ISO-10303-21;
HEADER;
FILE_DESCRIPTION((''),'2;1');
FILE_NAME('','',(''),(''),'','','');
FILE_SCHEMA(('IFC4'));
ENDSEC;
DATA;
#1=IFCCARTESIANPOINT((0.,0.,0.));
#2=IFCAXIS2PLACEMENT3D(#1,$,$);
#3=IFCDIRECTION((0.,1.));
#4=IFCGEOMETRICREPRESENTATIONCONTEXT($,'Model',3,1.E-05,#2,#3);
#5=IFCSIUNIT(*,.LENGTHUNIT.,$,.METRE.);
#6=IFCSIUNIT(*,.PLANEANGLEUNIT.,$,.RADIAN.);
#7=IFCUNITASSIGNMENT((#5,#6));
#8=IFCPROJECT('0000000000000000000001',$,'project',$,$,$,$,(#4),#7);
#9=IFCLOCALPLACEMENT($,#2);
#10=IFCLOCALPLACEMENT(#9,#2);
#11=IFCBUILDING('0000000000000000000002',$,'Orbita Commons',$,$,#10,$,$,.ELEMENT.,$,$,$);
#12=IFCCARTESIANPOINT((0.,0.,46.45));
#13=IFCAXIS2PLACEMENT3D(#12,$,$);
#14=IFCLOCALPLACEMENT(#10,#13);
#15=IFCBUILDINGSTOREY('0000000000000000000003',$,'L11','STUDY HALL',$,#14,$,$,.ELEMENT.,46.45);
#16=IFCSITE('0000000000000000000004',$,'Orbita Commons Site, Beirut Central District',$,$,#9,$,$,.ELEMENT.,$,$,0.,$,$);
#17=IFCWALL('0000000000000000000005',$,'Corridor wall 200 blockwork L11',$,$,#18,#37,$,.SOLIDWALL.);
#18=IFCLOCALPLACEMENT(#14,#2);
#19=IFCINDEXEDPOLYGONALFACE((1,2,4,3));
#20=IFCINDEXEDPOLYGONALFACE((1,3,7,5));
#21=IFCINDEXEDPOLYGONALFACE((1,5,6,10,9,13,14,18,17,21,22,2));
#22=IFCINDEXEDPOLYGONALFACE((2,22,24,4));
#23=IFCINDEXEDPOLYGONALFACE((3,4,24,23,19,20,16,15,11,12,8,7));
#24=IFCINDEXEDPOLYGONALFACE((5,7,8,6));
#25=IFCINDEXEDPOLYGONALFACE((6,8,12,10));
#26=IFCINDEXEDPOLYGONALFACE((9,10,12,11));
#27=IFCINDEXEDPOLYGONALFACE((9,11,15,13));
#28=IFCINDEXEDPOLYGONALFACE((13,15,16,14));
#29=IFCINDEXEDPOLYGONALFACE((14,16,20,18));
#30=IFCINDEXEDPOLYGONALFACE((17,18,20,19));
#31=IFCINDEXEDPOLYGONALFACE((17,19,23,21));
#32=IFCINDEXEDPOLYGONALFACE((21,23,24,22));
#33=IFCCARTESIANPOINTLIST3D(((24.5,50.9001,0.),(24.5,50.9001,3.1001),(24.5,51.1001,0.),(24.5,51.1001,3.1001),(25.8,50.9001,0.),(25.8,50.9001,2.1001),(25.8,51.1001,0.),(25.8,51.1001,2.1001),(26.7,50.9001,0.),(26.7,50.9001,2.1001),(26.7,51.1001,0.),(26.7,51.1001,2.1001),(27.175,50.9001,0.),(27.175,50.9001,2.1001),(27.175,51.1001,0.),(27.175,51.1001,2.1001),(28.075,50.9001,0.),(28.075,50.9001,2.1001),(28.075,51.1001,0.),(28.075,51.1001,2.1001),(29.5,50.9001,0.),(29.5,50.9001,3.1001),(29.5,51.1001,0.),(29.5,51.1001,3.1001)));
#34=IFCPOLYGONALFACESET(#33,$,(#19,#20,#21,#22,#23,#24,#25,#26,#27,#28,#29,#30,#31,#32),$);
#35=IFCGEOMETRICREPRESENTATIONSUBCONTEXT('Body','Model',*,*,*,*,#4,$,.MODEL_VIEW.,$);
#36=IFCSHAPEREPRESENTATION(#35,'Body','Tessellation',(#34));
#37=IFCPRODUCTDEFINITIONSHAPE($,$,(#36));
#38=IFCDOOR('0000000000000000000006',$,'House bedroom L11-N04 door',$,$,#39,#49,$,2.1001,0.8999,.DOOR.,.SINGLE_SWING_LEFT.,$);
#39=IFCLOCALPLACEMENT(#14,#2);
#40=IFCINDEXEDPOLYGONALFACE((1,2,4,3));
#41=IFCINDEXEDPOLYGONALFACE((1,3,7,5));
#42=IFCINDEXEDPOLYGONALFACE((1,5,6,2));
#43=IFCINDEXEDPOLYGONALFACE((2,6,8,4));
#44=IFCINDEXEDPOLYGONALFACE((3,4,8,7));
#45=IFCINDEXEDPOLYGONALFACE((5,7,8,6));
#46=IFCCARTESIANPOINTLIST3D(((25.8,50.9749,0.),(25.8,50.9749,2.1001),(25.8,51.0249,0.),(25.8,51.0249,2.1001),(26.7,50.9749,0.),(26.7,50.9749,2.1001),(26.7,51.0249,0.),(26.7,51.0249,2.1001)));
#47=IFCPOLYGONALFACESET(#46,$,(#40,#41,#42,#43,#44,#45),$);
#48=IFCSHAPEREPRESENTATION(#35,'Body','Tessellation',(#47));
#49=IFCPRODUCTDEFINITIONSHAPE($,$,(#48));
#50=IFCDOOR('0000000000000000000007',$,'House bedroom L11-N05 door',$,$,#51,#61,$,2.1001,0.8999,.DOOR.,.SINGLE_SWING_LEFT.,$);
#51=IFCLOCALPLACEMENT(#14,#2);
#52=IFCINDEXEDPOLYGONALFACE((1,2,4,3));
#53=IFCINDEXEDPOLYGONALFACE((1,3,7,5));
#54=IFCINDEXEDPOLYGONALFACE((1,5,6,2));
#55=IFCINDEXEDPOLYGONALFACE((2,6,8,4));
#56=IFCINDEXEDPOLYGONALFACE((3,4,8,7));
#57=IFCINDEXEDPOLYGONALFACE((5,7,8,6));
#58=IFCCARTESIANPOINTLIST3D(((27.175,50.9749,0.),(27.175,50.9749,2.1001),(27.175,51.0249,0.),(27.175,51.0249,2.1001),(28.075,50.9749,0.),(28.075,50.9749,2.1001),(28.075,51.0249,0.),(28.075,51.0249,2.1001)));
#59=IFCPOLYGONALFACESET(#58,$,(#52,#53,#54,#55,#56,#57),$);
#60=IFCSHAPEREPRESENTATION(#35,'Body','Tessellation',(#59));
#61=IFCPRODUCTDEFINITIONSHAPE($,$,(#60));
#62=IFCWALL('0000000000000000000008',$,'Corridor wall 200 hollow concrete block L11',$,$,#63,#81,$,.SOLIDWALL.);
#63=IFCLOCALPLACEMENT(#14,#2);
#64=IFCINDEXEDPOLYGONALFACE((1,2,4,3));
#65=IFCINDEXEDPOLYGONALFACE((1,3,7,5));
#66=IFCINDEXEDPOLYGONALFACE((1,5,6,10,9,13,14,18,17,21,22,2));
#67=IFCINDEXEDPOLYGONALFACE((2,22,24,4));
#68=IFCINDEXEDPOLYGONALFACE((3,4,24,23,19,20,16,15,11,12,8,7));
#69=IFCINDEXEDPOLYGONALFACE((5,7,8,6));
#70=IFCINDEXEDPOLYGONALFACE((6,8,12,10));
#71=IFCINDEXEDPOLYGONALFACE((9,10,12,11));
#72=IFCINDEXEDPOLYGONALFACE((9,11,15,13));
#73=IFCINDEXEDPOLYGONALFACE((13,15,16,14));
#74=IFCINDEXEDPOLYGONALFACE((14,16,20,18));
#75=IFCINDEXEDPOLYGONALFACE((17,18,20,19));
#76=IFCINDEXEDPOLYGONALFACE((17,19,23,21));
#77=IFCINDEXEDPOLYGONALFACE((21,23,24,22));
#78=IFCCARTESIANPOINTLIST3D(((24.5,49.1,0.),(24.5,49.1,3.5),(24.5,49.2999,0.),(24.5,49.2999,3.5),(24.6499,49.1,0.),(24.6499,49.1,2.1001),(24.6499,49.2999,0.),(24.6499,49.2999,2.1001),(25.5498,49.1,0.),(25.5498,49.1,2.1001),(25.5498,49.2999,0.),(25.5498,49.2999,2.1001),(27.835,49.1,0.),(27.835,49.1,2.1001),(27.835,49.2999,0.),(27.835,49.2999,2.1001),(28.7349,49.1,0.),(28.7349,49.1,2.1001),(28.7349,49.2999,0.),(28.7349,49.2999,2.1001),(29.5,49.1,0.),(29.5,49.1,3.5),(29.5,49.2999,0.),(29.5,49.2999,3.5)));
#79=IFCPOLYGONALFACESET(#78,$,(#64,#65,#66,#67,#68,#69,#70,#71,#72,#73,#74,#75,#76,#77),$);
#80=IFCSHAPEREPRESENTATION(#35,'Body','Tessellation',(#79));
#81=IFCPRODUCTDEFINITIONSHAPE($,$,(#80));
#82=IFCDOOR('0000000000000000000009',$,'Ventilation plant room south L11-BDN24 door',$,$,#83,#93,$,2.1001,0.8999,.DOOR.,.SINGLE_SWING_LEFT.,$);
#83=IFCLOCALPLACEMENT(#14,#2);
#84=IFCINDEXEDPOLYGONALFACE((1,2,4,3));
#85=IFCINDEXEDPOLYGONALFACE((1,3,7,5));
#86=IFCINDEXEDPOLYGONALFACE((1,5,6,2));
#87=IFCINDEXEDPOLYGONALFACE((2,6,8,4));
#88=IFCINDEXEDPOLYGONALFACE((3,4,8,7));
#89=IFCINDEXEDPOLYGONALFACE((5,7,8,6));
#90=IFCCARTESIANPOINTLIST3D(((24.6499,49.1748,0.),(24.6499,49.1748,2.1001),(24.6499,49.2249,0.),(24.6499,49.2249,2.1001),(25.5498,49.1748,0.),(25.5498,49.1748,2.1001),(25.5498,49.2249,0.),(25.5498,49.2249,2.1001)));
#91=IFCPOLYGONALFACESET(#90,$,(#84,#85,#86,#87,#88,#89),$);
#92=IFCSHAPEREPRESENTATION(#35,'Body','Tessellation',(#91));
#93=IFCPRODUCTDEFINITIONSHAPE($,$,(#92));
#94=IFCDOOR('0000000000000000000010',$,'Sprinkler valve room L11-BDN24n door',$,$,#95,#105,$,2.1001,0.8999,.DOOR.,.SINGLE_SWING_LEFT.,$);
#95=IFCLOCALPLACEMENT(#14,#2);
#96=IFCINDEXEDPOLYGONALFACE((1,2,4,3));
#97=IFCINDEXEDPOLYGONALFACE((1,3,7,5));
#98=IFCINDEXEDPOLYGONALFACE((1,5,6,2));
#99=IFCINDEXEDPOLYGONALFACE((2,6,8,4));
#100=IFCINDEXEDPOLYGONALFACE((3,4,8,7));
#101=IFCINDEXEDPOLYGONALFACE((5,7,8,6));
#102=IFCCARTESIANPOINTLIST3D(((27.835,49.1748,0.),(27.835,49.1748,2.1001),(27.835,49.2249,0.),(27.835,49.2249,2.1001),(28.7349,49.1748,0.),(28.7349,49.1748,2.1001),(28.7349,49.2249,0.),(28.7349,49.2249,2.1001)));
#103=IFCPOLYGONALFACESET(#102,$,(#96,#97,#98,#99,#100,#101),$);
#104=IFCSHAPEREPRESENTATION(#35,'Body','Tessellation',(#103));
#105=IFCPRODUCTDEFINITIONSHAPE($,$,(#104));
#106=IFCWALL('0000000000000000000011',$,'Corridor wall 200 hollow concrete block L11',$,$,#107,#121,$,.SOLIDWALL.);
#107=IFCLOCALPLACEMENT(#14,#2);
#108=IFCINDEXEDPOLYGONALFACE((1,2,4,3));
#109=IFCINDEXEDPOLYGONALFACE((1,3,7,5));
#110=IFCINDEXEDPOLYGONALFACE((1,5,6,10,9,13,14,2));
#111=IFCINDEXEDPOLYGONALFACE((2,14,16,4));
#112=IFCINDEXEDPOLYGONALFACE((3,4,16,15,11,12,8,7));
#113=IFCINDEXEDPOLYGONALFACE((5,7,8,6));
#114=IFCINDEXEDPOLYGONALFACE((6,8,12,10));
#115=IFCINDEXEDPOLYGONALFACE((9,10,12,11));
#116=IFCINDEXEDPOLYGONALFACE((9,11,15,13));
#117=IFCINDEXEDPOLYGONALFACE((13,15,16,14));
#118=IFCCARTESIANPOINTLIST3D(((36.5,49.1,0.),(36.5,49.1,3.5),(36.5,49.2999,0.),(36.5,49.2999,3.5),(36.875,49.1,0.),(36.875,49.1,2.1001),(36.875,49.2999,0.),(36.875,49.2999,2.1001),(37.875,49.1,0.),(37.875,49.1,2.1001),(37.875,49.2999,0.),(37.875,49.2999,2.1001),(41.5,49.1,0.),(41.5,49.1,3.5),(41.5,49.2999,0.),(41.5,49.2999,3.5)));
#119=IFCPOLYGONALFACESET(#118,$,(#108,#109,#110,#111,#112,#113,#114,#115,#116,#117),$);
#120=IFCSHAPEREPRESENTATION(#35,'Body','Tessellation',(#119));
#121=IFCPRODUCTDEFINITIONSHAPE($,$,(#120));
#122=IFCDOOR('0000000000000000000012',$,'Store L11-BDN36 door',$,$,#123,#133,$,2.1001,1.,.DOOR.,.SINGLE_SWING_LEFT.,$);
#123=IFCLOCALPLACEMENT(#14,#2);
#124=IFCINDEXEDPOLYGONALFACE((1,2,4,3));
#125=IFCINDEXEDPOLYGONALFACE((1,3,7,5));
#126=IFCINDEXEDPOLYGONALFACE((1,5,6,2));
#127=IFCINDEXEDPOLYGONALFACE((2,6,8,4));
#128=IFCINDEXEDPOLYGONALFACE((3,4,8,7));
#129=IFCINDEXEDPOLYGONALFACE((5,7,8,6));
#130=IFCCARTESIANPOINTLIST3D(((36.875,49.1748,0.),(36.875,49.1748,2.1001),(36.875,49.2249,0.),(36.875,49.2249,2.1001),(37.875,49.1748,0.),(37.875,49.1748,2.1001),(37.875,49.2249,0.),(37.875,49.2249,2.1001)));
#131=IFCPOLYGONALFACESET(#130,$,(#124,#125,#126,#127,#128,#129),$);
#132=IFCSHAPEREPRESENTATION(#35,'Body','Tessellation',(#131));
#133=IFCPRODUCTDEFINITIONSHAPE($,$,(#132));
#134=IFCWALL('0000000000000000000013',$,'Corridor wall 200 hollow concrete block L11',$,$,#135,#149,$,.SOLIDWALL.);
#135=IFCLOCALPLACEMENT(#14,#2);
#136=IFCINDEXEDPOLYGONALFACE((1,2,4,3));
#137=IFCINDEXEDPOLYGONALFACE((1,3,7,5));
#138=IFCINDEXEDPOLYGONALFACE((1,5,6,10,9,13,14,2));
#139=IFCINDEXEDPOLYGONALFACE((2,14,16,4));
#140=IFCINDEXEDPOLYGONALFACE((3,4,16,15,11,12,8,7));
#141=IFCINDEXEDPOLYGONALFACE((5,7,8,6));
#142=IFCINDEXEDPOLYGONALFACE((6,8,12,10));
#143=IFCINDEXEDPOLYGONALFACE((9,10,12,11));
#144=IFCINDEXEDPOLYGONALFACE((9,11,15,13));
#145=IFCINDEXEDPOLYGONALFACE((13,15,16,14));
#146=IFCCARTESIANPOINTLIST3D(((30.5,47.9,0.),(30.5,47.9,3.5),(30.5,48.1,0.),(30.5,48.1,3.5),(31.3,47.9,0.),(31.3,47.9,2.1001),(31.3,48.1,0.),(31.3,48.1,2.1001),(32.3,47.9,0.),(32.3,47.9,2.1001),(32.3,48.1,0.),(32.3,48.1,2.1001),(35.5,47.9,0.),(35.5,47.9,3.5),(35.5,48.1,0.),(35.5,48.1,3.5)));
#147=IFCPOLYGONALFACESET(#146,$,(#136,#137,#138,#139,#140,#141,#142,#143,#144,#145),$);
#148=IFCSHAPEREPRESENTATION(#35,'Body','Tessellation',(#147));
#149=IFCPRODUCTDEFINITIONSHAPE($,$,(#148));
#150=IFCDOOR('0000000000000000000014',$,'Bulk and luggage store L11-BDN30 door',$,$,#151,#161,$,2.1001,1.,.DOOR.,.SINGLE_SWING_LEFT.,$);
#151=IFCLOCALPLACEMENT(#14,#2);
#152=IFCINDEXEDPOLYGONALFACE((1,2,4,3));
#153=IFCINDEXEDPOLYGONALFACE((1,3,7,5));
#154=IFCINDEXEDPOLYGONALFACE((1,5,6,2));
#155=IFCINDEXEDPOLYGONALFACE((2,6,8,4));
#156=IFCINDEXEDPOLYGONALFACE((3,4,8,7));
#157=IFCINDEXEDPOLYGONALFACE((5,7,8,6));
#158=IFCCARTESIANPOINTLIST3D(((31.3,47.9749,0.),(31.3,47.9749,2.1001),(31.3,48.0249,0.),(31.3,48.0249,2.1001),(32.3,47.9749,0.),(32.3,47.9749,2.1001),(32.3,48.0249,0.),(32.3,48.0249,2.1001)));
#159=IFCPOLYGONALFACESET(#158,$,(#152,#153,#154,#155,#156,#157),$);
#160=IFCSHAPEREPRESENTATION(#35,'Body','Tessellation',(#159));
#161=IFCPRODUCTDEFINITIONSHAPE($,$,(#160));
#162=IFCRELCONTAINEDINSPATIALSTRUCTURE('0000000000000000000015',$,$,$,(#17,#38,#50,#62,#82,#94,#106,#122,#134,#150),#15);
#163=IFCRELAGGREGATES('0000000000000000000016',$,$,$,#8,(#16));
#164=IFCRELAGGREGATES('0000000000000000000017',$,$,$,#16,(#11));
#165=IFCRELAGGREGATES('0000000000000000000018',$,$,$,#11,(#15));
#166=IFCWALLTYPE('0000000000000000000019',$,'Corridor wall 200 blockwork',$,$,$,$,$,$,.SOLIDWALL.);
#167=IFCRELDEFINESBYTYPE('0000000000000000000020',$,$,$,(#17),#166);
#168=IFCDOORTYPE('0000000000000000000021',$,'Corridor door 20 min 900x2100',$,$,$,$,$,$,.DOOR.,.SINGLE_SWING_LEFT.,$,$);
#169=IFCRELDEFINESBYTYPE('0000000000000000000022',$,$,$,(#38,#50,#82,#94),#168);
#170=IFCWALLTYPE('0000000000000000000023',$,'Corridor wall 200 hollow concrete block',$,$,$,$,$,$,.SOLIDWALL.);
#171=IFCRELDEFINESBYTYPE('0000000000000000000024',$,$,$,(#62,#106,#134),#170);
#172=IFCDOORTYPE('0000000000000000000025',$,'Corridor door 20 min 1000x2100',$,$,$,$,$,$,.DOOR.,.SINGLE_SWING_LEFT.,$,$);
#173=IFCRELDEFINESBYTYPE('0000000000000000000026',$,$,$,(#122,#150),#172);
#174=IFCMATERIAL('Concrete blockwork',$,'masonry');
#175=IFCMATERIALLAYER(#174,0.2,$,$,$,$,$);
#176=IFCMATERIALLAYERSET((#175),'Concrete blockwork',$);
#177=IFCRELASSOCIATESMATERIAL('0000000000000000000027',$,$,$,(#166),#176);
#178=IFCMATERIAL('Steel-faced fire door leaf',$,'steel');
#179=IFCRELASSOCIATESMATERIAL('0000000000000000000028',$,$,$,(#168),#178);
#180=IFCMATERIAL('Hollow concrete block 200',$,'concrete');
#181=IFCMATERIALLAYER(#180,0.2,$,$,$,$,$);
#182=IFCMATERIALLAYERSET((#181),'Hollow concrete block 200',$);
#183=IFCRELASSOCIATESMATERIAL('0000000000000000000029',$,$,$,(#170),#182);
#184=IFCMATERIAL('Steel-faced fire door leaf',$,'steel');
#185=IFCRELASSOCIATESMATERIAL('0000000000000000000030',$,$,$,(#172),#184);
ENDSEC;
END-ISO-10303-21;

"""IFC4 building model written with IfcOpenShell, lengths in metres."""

from ifc_helpers import new_model, si_unit, direction, frame, frame_2d, origin, place, context, subcontext, project, spatial, polyline, rectangle, outline, extrude, material, layer, layer_set, type_object, element, fill, save


model = new_model("IFC4")

# Units and contexts
model_context = context("Model", 3, precision=1e-05, world=origin(), true_north=direction((0.0, 1.0)))
body_context = subcontext(model_context, "Body", "Model", "MODEL_VIEW")
ifc_project = project(units=[si_unit("LENGTHUNIT", "METRE"), si_unit("PLANEANGLEUNIT", "RADIAN")], contexts=[model_context])

# Site, building, storey
site_placement = place(None, origin())
site = spatial("IfcSite", under=ifc_project, at=site_placement, Name="Orbita Commons Site, Beirut Central District", CompositionType="ELEMENT", RefElevation=0.0)
building_placement = place(site_placement, origin())
building = spatial("IfcBuilding", under=site, at=building_placement, Name="Orbita Commons", CompositionType="ELEMENT")
storey_placement = place(building_placement, frame((0.0, 0.0, 46.45)))
storey = spatial("IfcBuildingStorey", under=building, at=storey_placement, Name="L11", Description="STUDY HALL", CompositionType="ELEMENT", Elevation=46.45)

# Walls, openings, doors
ifc_material_1 = material(Name="Concrete blockwork", Category="masonry")
ifc_layer_1 = layer(ifc_material_1, 0.2)
ifc_layer_set_1 = layer_set([ifc_layer_1], Name="Concrete blockwork")
wall_type_1 = type_object("IfcWallType", Name="Corridor wall 200 blockwork", PredefinedType="SOLIDWALL", material=ifc_layer_set_1)
wall_1_placement = place(storey_placement, frame((24.5, 51.0, 0.0), z_axis=(0.0, 0.0, 1.0), x_axis=(1.0, 0.0, 0.0)))
wall_1 = element("IfcWall", 1, at=wall_1_placement, inside=storey, type_object=wall_type_1, Name="Corridor wall 200 blockwork L11", PredefinedType="SOLIDWALL", context=body_context, shape_type="SweptSolid", body=[
    extrude(outline(polyline([(0.0, 0.0), (5.0, 0.0), (5.0, 3.1001), (0.0, 3.1001), (0.0, 0.0)])), frame((0.0, 0.1001, 0.0), z_axis=(0.0, -1.0, 0.0), x_axis=(1.0, 0.0, 0.0)), (0.0, 0.0, 1.0), 0.2),
])
opening_1_placement = place(wall_1_placement, frame((1.3, 0.0, 0.0)))
opening_1 = element("IfcOpeningElement", 2, at=opening_1_placement, cuts=wall_1, PredefinedType="OPENING", context=body_context, shape_type="SweptSolid", body=[
    extrude(rectangle(XDim=0.8999, YDim=2.1001, at=frame_2d((0.45, 1.05))), frame((0.0, 0.1099, 0.0), z_axis=(0.0, -1.0, 0.0), x_axis=(1.0, 0.0, 0.0)), (0.0, 0.0, 1.0), 0.22),
])
opening_2_placement = place(wall_1_placement, frame((2.675, 0.0, 0.0)))
opening_2 = element("IfcOpeningElement", 3, at=opening_2_placement, cuts=wall_1, PredefinedType="OPENING", context=body_context, shape_type="SweptSolid", body=[
    extrude(rectangle(XDim=0.8999, YDim=2.1001, at=frame_2d((0.45, 1.05))), frame((0.0, 0.1099, 0.0), z_axis=(0.0, -1.0, 0.0), x_axis=(1.0, 0.0, 0.0)), (0.0, 0.0, 1.0), 0.22),
])
ifc_material_2 = material(Name="Steel-faced fire door leaf", Category="steel")
door_type_1 = type_object("IfcDoorType", Name="Corridor door 20 min 900x2100", OperationType="SINGLE_SWING_LEFT", PredefinedType="DOOR", material=ifc_material_2)
door_1_placement = place(opening_1_placement, origin())
door_1 = element("IfcDoor", 4, at=door_1_placement, inside=storey, type_object=door_type_1, Name="House bedroom L11-N04 door", OperationType="SINGLE_SWING_LEFT", OverallHeight=2.1001, OverallWidth=0.8999, PredefinedType="DOOR", context=body_context, shape_type="SweptSolid", body=[
    extrude(rectangle(XDim=0.8999, YDim=2.1001, at=frame_2d((0.45, 1.05))), frame((0.0, 0.0249, 0.0), z_axis=(0.0, -1.0, 0.0), x_axis=(1.0, 0.0, 0.0)), (0.0, 0.0, 1.0), 0.05),
])
fill(opening_1, door_1)
door_2_placement = place(opening_2_placement, origin())
door_2 = element("IfcDoor", 5, at=door_2_placement, inside=storey, type_object=door_type_1, Name="House bedroom L11-N05 door", OperationType="SINGLE_SWING_LEFT", OverallHeight=2.1001, OverallWidth=0.8999, PredefinedType="DOOR", context=body_context, shape_type="SweptSolid", body=[
    extrude(rectangle(XDim=0.8999, YDim=2.1001, at=frame_2d((0.45, 1.05))), frame((0.0, 0.0249, 0.0), z_axis=(0.0, -1.0, 0.0), x_axis=(1.0, 0.0, 0.0)), (0.0, 0.0, 1.0), 0.05),
])
fill(opening_2, door_2)
ifc_material_3 = material(Name="Hollow concrete block 200", Category="concrete")
ifc_layer_2 = layer(ifc_material_3, 0.2)
ifc_layer_set_2 = layer_set([ifc_layer_2], Name="Hollow concrete block 200")
wall_type_2 = type_object("IfcWallType", Name="Corridor wall 200 hollow concrete block", PredefinedType="SOLIDWALL", material=ifc_layer_set_2)
wall_2_placement = place(storey_placement, frame((24.5, 49.2, 0.0), z_axis=(0.0, 0.0, 1.0), x_axis=(1.0, 0.0, 0.0)))
wall_2 = element("IfcWall", 6, at=wall_2_placement, inside=storey, type_object=wall_type_2, Name="Corridor wall 200 hollow concrete block L11", PredefinedType="SOLIDWALL", context=body_context, shape_type="SweptSolid", body=[
    extrude(rectangle(XDim=5.0, YDim=0.2, at=frame_2d((2.5, 0.0))), origin(), (0.0, 0.0, 1.0), 3.5),
])
opening_3_placement = place(wall_2_placement, frame((0.1499, 0.0, 0.0)))
opening_3 = element("IfcOpeningElement", 7, at=opening_3_placement, cuts=wall_2, PredefinedType="OPENING", context=body_context, shape_type="SweptSolid", body=[
    extrude(rectangle(XDim=0.8999, YDim=2.1001, at=frame_2d((0.45, 1.05))), frame((0.0, 0.1099, 0.0), z_axis=(0.0, -1.0, 0.0), x_axis=(1.0, 0.0, 0.0)), (0.0, 0.0, 1.0), 0.22),
])
opening_4_placement = place(wall_2_placement, frame((3.335, 0.0, 0.0)))
opening_4 = element("IfcOpeningElement", 8, at=opening_4_placement, cuts=wall_2, PredefinedType="OPENING", context=body_context, shape_type="SweptSolid", body=[
    extrude(rectangle(XDim=0.8999, YDim=2.1001, at=frame_2d((0.45, 1.05))), frame((0.0, 0.1099, 0.0), z_axis=(0.0, -1.0, 0.0), x_axis=(1.0, 0.0, 0.0)), (0.0, 0.0, 1.0), 0.22),
])
door_3_placement = place(opening_3_placement, origin())
door_3 = element("IfcDoor", 9, at=door_3_placement, inside=storey, type_object=door_type_1, Name="Ventilation plant room south L11-BDN24 door", OperationType="SINGLE_SWING_LEFT", OverallHeight=2.1001, OverallWidth=0.8999, PredefinedType="DOOR", context=body_context, shape_type="SweptSolid", body=[
    extrude(rectangle(XDim=0.8999, YDim=2.1001, at=frame_2d((0.45, 1.05))), frame((0.0, 0.0249, 0.0), z_axis=(0.0, -1.0, 0.0), x_axis=(1.0, 0.0, 0.0)), (0.0, 0.0, 1.0), 0.05),
])
fill(opening_3, door_3)
door_4_placement = place(opening_4_placement, origin())
door_4 = element("IfcDoor", 10, at=door_4_placement, inside=storey, type_object=door_type_1, Name="Sprinkler valve room L11-BDN24n door", OperationType="SINGLE_SWING_LEFT", OverallHeight=2.1001, OverallWidth=0.8999, PredefinedType="DOOR", context=body_context, shape_type="SweptSolid", body=[
    extrude(rectangle(XDim=0.8999, YDim=2.1001, at=frame_2d((0.45, 1.05))), frame((0.0, 0.0249, 0.0), z_axis=(0.0, -1.0, 0.0), x_axis=(1.0, 0.0, 0.0)), (0.0, 0.0, 1.0), 0.05),
])
fill(opening_4, door_4)

# Walls, openings, doors
wall_3_placement = place(storey_placement, frame((36.5, 49.2, 0.0), z_axis=(0.0, 0.0, 1.0), x_axis=(1.0, 0.0, 0.0)))
wall_3 = element("IfcWall", 11, at=wall_3_placement, inside=storey, type_object=wall_type_2, Name="Corridor wall 200 hollow concrete block L11", PredefinedType="SOLIDWALL", context=body_context, shape_type="SweptSolid", body=[
    extrude(rectangle(XDim=5.0, YDim=0.2, at=frame_2d((2.5, 0.0))), origin(), (0.0, 0.0, 1.0), 3.5),
])
opening_5_placement = place(wall_3_placement, frame((0.375, 0.0, 0.0)))
opening_5 = element("IfcOpeningElement", 12, at=opening_5_placement, cuts=wall_3, PredefinedType="OPENING", context=body_context, shape_type="SweptSolid", body=[
    extrude(rectangle(XDim=1.0, YDim=2.1001, at=frame_2d((0.5, 1.05))), frame((0.0, 0.1099, 0.0), z_axis=(0.0, -1.0, 0.0), x_axis=(1.0, 0.0, 0.0)), (0.0, 0.0, 1.0), 0.22),
])
ifc_material_4 = material(Name="Steel-faced fire door leaf", Category="steel")
door_type_2 = type_object("IfcDoorType", Name="Corridor door 20 min 1000x2100", OperationType="SINGLE_SWING_LEFT", PredefinedType="DOOR", material=ifc_material_4)
door_5_placement = place(opening_5_placement, origin())
door_5 = element("IfcDoor", 13, at=door_5_placement, inside=storey, type_object=door_type_2, Name="Store L11-BDN36 door", OperationType="SINGLE_SWING_LEFT", OverallHeight=2.1001, OverallWidth=1.0, PredefinedType="DOOR", context=body_context, shape_type="SweptSolid", body=[
    extrude(rectangle(XDim=1.0, YDim=2.1001, at=frame_2d((0.5, 1.05))), frame((0.0, 0.0249, 0.0), z_axis=(0.0, -1.0, 0.0), x_axis=(1.0, 0.0, 0.0)), (0.0, 0.0, 1.0), 0.05),
])
fill(opening_5, door_5)
wall_4_placement = place(storey_placement, frame((30.5, 48.0, 0.0), z_axis=(0.0, 0.0, 1.0), x_axis=(1.0, 0.0, 0.0)))
wall_4 = element("IfcWall", 14, at=wall_4_placement, inside=storey, type_object=wall_type_2, Name="Corridor wall 200 hollow concrete block L11", PredefinedType="SOLIDWALL", context=body_context, shape_type="SweptSolid", body=[
    extrude(rectangle(XDim=5.0, YDim=0.2, at=frame_2d((2.5, 0.0))), origin(), (0.0, 0.0, 1.0), 3.5),
])
opening_6_placement = place(wall_4_placement, frame((0.8, 0.0, 0.0)))
opening_6 = element("IfcOpeningElement", 15, at=opening_6_placement, cuts=wall_4, PredefinedType="OPENING", context=body_context, shape_type="SweptSolid", body=[
    extrude(rectangle(XDim=1.0, YDim=2.1001, at=frame_2d((0.5, 1.05))), frame((0.0, 0.1099, 0.0), z_axis=(0.0, -1.0, 0.0), x_axis=(1.0, 0.0, 0.0)), (0.0, 0.0, 1.0), 0.22),
])
door_6_placement = place(opening_6_placement, origin())
door_6 = element("IfcDoor", 16, at=door_6_placement, inside=storey, type_object=door_type_2, Name="Bulk and luggage store L11-BDN30 door", OperationType="SINGLE_SWING_LEFT", OverallHeight=2.1001, OverallWidth=1.0, PredefinedType="DOOR", context=body_context, shape_type="SweptSolid", body=[
    extrude(rectangle(XDim=1.0, YDim=2.1001, at=frame_2d((0.5, 1.05))), frame((0.0, 0.0249, 0.0), z_axis=(0.0, -1.0, 0.0), x_axis=(1.0, 0.0, 0.0)), (0.0, 0.0, 1.0), 0.05),
])
fill(opening_6, door_6)

save(model, "model.ifc")
